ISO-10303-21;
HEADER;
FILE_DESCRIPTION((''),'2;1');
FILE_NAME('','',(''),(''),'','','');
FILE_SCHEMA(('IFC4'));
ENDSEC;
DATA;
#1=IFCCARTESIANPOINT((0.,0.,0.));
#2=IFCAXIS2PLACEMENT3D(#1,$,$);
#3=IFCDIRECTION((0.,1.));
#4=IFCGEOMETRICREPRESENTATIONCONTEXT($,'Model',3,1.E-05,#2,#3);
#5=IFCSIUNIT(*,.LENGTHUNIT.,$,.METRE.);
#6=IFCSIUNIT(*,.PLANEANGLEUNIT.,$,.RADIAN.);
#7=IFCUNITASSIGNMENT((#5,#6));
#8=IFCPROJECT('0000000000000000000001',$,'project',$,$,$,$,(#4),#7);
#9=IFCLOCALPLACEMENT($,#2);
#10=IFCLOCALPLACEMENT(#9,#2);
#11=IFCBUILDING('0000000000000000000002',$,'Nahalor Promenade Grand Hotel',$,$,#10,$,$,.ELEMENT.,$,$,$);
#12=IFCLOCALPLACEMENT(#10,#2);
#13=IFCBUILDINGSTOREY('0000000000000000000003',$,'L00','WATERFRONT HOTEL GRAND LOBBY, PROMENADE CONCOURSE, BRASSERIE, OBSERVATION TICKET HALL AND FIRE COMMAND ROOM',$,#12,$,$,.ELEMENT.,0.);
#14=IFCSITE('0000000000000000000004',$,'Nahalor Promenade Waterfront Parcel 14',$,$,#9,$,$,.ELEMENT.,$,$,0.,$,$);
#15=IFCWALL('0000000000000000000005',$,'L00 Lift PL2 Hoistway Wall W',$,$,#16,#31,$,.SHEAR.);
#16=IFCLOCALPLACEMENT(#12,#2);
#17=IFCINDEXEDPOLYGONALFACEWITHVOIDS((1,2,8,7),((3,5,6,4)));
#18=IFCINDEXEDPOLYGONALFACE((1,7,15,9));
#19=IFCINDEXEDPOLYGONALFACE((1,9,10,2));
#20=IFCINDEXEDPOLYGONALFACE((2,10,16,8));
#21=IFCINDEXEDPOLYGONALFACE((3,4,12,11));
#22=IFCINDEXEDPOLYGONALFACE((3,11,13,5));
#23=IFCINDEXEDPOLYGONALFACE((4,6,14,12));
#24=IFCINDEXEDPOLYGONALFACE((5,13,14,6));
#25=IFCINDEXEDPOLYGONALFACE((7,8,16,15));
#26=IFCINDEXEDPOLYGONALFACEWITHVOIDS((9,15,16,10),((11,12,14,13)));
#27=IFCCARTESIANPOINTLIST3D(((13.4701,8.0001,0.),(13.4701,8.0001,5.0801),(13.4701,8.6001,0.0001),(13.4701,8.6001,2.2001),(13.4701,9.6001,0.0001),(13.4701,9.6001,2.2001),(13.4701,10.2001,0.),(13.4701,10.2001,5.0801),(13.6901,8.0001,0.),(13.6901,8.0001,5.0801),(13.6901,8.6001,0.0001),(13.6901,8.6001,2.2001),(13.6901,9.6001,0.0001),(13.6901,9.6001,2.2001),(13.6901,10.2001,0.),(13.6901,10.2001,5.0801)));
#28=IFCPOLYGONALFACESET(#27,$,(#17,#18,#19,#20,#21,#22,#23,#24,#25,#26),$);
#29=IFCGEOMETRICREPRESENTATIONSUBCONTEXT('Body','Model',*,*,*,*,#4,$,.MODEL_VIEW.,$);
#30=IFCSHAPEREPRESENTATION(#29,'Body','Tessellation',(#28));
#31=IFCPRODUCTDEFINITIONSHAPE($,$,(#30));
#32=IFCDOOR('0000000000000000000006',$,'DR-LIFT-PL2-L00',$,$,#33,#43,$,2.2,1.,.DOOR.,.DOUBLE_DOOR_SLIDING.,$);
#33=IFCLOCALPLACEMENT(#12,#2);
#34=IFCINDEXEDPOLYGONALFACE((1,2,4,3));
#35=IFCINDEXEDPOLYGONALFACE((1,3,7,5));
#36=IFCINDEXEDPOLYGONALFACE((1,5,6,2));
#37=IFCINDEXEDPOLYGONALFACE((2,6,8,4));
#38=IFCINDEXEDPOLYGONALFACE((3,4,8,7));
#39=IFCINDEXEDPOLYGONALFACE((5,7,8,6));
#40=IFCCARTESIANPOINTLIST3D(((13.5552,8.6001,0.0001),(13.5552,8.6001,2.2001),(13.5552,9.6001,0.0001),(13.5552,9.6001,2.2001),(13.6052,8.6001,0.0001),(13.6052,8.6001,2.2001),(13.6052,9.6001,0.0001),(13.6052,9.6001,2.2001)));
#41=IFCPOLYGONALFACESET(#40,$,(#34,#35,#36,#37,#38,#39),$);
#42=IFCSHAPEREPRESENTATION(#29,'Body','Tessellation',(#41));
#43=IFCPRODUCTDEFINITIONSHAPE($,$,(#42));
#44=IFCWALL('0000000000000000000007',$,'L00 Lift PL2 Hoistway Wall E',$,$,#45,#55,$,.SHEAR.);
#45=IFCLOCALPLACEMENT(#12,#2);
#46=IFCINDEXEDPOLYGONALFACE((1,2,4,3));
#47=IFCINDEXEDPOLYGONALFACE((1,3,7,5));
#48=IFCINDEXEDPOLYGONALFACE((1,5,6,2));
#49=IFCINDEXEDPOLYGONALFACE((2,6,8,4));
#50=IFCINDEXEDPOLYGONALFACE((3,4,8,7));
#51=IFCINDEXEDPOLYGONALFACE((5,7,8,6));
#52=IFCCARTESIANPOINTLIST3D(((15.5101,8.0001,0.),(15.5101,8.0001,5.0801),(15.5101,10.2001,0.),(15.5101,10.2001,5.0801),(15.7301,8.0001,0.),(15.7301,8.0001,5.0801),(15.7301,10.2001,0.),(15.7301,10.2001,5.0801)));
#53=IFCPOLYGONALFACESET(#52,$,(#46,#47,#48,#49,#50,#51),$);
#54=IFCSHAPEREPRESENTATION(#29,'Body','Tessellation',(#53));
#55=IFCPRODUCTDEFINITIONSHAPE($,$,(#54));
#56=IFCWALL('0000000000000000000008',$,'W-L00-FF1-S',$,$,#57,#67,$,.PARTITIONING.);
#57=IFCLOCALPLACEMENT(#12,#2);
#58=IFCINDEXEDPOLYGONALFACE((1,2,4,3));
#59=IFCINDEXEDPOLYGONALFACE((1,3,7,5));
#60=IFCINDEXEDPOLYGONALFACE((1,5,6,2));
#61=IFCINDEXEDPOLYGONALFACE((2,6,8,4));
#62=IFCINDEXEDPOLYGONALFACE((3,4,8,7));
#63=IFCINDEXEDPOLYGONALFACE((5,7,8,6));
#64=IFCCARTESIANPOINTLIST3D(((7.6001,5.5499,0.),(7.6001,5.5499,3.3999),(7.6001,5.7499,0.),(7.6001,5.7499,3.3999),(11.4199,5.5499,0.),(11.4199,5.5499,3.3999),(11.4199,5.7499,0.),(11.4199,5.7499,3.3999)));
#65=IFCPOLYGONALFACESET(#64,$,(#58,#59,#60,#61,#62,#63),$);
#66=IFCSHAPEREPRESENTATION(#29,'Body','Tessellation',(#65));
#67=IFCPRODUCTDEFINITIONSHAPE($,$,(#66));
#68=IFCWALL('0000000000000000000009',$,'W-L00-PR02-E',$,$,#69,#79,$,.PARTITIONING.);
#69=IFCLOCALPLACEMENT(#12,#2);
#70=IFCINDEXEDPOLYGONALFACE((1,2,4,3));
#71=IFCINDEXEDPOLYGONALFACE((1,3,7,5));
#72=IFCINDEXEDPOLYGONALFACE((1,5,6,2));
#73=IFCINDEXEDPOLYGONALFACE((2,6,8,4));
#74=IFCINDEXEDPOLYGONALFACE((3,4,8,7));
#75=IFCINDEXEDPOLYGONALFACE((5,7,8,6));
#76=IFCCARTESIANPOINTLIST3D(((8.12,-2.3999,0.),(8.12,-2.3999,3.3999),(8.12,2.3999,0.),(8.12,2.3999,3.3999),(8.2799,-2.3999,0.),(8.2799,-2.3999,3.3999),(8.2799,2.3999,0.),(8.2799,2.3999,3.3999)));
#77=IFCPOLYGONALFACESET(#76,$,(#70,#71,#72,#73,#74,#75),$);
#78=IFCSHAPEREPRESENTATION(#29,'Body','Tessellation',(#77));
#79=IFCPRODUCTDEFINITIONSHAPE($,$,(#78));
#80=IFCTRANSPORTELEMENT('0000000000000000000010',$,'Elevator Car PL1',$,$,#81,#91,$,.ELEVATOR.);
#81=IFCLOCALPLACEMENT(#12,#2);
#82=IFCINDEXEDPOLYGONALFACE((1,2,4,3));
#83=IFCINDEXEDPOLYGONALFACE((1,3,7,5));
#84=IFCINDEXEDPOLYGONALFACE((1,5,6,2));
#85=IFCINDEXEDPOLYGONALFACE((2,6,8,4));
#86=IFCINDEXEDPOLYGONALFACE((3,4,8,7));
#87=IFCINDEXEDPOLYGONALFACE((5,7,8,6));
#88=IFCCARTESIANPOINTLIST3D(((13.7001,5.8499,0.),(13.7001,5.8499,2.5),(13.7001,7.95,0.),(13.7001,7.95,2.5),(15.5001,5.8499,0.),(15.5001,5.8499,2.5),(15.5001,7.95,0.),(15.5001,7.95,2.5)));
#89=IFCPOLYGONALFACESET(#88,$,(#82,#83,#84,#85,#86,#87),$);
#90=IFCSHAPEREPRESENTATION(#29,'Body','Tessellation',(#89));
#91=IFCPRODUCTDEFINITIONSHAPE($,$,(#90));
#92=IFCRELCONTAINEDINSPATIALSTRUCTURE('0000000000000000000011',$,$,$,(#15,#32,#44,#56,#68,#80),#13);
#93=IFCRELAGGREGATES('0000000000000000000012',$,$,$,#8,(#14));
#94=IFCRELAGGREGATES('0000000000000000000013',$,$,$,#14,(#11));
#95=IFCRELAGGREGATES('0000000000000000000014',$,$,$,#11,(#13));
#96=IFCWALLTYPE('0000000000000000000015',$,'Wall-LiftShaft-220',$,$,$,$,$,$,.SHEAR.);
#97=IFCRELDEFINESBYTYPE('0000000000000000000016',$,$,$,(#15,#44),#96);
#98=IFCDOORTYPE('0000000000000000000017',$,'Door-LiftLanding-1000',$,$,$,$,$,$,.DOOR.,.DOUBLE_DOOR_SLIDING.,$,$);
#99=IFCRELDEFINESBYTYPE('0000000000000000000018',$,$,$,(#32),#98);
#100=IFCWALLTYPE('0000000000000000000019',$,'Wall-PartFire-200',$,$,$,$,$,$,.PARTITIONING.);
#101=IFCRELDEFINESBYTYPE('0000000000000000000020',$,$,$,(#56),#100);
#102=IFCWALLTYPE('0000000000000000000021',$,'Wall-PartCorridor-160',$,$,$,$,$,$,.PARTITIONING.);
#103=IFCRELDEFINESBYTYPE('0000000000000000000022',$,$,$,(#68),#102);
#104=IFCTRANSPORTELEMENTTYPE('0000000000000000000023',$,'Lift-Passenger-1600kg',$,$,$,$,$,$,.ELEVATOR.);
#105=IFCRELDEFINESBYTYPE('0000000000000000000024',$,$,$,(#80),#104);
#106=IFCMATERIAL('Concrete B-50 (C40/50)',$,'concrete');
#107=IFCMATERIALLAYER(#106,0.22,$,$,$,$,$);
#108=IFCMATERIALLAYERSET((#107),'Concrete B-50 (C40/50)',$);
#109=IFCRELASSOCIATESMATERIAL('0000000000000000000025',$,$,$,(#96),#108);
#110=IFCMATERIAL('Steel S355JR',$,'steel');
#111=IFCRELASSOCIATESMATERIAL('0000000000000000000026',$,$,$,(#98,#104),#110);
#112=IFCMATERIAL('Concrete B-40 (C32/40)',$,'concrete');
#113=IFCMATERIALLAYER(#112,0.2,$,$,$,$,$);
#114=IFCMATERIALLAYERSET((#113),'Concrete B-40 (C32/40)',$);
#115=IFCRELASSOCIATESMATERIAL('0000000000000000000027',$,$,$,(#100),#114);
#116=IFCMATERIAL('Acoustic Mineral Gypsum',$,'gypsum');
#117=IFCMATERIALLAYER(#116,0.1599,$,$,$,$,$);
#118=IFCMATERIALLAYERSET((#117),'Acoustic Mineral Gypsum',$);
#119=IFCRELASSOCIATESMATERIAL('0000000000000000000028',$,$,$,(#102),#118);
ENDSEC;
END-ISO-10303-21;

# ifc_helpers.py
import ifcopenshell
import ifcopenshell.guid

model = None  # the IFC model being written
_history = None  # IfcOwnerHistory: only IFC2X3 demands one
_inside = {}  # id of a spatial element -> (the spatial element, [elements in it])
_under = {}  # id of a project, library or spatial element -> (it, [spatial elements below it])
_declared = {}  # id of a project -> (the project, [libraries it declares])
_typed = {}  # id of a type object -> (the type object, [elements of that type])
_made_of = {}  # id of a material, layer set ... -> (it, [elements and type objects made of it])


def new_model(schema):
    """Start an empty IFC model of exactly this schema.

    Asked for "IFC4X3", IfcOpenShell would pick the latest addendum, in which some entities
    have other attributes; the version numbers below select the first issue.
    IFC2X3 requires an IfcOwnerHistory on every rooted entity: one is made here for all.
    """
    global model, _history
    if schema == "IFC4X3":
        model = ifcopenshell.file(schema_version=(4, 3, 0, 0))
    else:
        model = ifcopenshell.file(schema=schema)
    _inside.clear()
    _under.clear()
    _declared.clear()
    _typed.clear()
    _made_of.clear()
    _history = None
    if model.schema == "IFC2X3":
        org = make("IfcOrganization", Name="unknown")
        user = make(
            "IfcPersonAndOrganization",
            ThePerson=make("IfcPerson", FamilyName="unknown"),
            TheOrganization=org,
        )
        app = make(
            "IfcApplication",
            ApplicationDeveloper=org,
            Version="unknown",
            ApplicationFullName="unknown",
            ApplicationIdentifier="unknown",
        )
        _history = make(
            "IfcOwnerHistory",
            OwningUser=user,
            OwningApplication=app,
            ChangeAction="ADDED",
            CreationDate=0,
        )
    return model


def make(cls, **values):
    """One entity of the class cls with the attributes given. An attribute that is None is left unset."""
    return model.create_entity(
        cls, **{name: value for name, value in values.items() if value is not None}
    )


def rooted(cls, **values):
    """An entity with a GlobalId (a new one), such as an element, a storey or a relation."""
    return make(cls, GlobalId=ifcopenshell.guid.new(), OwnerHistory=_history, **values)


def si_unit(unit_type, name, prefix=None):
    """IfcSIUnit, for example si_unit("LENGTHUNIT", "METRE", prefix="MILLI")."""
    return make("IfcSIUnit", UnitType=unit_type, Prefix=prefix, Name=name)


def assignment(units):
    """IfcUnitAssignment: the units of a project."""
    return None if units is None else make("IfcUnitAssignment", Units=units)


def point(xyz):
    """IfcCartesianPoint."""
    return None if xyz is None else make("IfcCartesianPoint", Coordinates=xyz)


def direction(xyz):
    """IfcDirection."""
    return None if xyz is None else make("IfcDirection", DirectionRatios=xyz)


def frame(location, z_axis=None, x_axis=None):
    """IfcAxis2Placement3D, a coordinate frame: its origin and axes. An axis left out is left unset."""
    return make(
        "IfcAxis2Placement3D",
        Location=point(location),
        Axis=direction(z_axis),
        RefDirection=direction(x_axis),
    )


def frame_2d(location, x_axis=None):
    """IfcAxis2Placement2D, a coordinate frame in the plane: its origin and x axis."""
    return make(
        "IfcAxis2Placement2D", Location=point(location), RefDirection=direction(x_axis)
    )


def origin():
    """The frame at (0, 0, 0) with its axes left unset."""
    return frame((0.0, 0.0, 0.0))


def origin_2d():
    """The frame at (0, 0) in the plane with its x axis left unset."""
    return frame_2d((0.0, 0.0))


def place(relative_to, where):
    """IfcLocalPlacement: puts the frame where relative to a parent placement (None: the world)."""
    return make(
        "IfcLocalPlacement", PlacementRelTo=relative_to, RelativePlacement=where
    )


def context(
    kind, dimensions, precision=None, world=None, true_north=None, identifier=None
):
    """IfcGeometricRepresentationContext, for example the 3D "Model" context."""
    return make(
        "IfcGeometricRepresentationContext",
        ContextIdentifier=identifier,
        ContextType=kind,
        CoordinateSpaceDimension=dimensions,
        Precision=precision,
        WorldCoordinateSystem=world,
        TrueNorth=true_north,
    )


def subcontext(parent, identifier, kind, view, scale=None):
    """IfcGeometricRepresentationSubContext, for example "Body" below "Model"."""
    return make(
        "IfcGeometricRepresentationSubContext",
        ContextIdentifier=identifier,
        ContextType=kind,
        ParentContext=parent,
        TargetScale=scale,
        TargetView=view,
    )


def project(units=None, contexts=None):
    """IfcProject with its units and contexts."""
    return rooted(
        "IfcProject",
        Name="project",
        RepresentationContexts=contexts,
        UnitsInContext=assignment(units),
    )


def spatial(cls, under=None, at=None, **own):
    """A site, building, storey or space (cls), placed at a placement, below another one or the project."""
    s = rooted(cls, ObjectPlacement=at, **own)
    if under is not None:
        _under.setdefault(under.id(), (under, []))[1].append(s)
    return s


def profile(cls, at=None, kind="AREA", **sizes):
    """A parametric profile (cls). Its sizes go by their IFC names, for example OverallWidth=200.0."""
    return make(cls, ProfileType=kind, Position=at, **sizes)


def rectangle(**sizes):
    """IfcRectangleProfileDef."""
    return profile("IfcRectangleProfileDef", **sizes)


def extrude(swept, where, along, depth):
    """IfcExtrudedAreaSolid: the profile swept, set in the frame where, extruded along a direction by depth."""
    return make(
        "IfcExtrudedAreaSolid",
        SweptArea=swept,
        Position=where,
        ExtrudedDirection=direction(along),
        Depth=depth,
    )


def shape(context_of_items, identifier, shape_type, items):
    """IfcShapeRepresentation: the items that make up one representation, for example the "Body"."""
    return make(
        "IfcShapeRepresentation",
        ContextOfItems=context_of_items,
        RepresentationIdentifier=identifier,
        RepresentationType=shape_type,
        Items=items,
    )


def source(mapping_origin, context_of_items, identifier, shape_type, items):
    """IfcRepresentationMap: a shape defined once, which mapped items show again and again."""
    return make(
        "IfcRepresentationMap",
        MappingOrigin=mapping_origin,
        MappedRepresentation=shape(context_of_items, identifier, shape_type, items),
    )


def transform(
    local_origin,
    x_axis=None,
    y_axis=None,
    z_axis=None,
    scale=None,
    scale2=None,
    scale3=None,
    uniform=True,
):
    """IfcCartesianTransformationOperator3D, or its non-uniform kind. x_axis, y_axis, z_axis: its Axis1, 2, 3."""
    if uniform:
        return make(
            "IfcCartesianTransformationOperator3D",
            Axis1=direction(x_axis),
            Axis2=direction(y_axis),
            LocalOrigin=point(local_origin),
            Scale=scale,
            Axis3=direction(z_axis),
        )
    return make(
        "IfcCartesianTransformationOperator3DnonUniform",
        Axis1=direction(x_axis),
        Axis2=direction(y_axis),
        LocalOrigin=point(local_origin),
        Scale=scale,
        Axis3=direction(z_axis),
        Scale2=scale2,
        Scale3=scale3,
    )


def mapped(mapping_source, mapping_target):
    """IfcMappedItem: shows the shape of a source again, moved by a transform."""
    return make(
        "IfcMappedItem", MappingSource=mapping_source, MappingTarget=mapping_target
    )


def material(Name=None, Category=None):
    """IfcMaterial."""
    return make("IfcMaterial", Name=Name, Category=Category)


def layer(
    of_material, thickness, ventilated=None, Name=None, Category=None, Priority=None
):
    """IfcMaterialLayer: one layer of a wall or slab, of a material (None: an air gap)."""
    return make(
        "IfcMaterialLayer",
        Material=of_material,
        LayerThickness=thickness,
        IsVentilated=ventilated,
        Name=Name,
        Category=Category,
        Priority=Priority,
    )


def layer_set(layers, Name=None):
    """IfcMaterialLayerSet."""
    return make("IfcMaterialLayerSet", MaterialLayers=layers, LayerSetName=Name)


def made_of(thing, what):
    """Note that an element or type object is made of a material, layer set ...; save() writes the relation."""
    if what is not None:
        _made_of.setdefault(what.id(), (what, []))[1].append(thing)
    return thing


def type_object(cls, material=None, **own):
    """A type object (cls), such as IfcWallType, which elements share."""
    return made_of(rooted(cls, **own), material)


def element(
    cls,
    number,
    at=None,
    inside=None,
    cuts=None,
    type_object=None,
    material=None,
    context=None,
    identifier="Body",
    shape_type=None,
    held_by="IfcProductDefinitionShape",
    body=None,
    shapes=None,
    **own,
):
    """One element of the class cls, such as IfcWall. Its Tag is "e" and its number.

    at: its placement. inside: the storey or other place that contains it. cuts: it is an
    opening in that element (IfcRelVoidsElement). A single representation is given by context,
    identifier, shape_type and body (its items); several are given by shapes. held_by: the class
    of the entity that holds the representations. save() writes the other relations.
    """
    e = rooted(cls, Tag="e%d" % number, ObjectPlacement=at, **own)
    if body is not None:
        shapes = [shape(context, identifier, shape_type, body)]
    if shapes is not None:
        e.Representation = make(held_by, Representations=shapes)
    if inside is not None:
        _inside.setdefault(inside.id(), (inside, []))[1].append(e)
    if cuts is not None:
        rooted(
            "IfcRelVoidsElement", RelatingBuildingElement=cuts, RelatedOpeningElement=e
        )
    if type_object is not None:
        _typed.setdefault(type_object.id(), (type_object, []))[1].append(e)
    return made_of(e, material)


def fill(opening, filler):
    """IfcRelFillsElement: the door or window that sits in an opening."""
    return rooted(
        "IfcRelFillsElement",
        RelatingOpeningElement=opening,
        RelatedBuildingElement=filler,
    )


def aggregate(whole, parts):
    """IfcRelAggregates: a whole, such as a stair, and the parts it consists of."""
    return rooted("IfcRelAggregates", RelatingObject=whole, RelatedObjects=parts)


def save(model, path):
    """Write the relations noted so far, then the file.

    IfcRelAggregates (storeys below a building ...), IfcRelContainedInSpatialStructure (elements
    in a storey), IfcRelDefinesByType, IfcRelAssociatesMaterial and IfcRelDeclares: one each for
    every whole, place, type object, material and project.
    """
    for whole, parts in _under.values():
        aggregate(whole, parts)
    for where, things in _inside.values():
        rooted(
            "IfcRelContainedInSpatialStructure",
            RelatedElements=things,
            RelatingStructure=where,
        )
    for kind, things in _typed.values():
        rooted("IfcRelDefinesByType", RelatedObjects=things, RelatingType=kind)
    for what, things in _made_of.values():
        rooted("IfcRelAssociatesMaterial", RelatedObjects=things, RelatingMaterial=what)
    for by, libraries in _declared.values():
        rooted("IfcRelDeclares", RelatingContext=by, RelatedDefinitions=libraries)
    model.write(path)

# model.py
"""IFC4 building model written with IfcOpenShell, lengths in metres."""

from ifc_helpers import new_model, si_unit, direction, frame, frame_2d, origin, origin_2d, place, context, subcontext, project, spatial, rectangle, extrude, source, transform, mapped, material, layer, layer_set, type_object, element, fill, save


model = new_model("IFC4")

# Units and contexts
model_context = context("Model", 3, precision=1e-05, world=origin(), true_north=direction((0.0, 1.0)))
body_context = subcontext(model_context, "Body", "Model", "MODEL_VIEW")
ifc_project = project(units=[si_unit("LENGTHUNIT", "METRE"), si_unit("PLANEANGLEUNIT", "RADIAN")], contexts=[model_context])

# Site, building, storey
site_placement = place(None, origin())
site = spatial("IfcSite", under=ifc_project, at=site_placement, Name="Nahalor Promenade Waterfront Parcel 14", CompositionType="ELEMENT", RefElevation=0.0)
building_placement = place(site_placement, origin())
building = spatial("IfcBuilding", under=site, at=building_placement, Name="Nahalor Promenade Grand Hotel", CompositionType="ELEMENT")
storey_placement = place(building_placement, origin())
storey = spatial("IfcBuildingStorey", under=building, at=storey_placement, Name="L00", Description="WATERFRONT HOTEL GRAND LOBBY, PROMENADE CONCOURSE, BRASSERIE, OBSERVATION TICKET HALL AND FIRE COMMAND ROOM", CompositionType="ELEMENT", Elevation=0.0)

# Shared definitions
ifc_material_1 = material(Name="Steel S355JR", Category="steel")

# Shared definitions
ifc_material_2 = material(Name="Concrete B-50 (C40/50)", Category="concrete")
ifc_layer_1 = layer(ifc_material_2, 0.22)
ifc_layer_set_1 = layer_set([ifc_layer_1], Name="Concrete B-50 (C40/50)")
wall_type_1 = type_object("IfcWallType", Name="Wall-LiftShaft-220", PredefinedType="SHEAR", material=ifc_layer_set_1)
door_type_1 = type_object("IfcDoorType", Name="Door-LiftLanding-1000", OperationType="DOUBLE_DOOR_SLIDING", PredefinedType="DOOR", material=ifc_material_1)
shared_shape_1 = source(origin(), body_context, "Body", "SweptSolid", [
    extrude(rectangle(XDim=1.0, YDim=2.2, at=frame_2d((0.5, 1.1001))), frame((0.0, 0.0249, 0.0), z_axis=(0.0, -1.0, 0.0), x_axis=(1.0, 0.0, 0.0)), (0.0, 0.0, 1.0), 0.05),
])

# Wall, opening, door
shared_shape_2 = source(origin(), body_context, "Body", "SweptSolid", [
    extrude(rectangle(XDim=2.2, YDim=0.22, at=frame_2d((1.1001, 0.0))), origin(), (0.0, 0.0, 1.0), 5.0801),
])
wall_1_placement = place(storey_placement, frame((13.5801, 8.0, 0.0), z_axis=(0.0, 0.0, 1.0), x_axis=(0.0, 1.0, 0.0)))
wall_1 = element("IfcWall", 1, at=wall_1_placement, inside=storey, type_object=wall_type_1, Name="L00 Lift PL2 Hoistway Wall W", PredefinedType="SHEAR", context=body_context, shape_type="MappedRepresentation", body=[
    mapped(shared_shape_2, transform((0.0, 0.0, 0.0), scale=1.0)),
])
opening_1_placement = place(wall_1_placement, frame((0.6001, 0.0, 0.0)))
opening_1 = element("IfcOpeningElement", 2, at=opening_1_placement, cuts=wall_1, PredefinedType="OPENING", context=body_context, shape_type="SweptSolid", body=[
    extrude(rectangle(XDim=1.0, YDim=2.2, at=frame_2d((0.5, 1.1001))), frame((0.0, 0.1199, 0.0), z_axis=(0.0, -1.0, 0.0), x_axis=(1.0, 0.0, 0.0)), (0.0, 0.0, 1.0), 0.24),
])
door_1_placement = place(opening_1_placement, origin())
door_1 = element("IfcDoor", 3, at=door_1_placement, inside=storey, type_object=door_type_1, Name="DR-LIFT-PL2-L00", OperationType="DOUBLE_DOOR_SLIDING", OverallHeight=2.2, OverallWidth=1.0, PredefinedType="DOOR", context=body_context, shape_type="MappedRepresentation", body=[
    mapped(shared_shape_1, transform((0.0, 0.0, 0.0), scale=1.0)),
])
fill(opening_1, door_1)

# Walls
wall_2_placement = place(storey_placement, frame((15.6201, 8.0, 0.0), z_axis=(0.0, 0.0, 1.0), x_axis=(0.0, 1.0, 0.0)))
element("IfcWall", 4, at=wall_2_placement, inside=storey, type_object=wall_type_1, Name="L00 Lift PL2 Hoistway Wall E", PredefinedType="SHEAR", context=body_context, shape_type="MappedRepresentation", body=[
    mapped(shared_shape_2, transform((0.0, 0.0, 0.0), scale=1.0)),
])
ifc_material_3 = material(Name="Concrete B-40 (C32/40)", Category="concrete")
ifc_layer_2 = layer(ifc_material_3, 0.2)
ifc_layer_set_2 = layer_set([ifc_layer_2], Name="Concrete B-40 (C32/40)")
wall_type_2 = type_object("IfcWallType", Name="Wall-PartFire-200", PredefinedType="PARTITIONING", material=ifc_layer_set_2)
shared_shape_3 = source(origin(), body_context, "Body", "SweptSolid", [
    extrude(rectangle(XDim=3.8198, YDim=0.2, at=frame_2d((1.9099, 0.0))), origin(), (0.0, 0.0, 1.0), 3.3999),
])
wall_3_placement = place(storey_placement, frame((7.6001, 5.6499, 0.0), z_axis=(0.0, 0.0, 1.0), x_axis=(1.0, 0.0, 0.0)))
element("IfcWall", 5, at=wall_3_placement, inside=storey, type_object=wall_type_2, Name="W-L00-FF1-S", PredefinedType="PARTITIONING", context=body_context, shape_type="MappedRepresentation", body=[
    mapped(shared_shape_3, transform((0.0, 0.0, 0.0), scale=1.0)),
])

# Wall
ifc_material_4 = material(Name="Acoustic Mineral Gypsum", Category="gypsum")
ifc_layer_3 = layer(ifc_material_4, 0.1599)
ifc_layer_set_3 = layer_set([ifc_layer_3], Name="Acoustic Mineral Gypsum")
wall_type_3 = type_object("IfcWallType", Name="Wall-PartCorridor-160", PredefinedType="PARTITIONING", material=ifc_layer_set_3)
shared_shape_4 = source(origin(), body_context, "Body", "SweptSolid", [
    extrude(rectangle(XDim=4.7998, YDim=0.1599, at=frame_2d((2.3999, 0.0))), origin(), (0.0, 0.0, 1.0), 3.3999),
])
wall_4_placement = place(storey_placement, frame((8.2, -2.3999, 0.0), z_axis=(0.0, 0.0, 1.0), x_axis=(0.0, 1.0, 0.0)))
element("IfcWall", 6, at=wall_4_placement, inside=storey, type_object=wall_type_3, Name="W-L00-PR02-E", PredefinedType="PARTITIONING", context=body_context, shape_type="MappedRepresentation", body=[
    mapped(shared_shape_4, transform((0.0, 0.0, 0.0), scale=1.0)),
])

# Transport element
transport_element_type = type_object("IfcTransportElementType", Name="Lift-Passenger-1600kg", PredefinedType="ELEVATOR", material=ifc_material_1)
shared_shape_5 = source(origin(), body_context, "Body", "SweptSolid", [
    extrude(rectangle(XDim=1.8, YDim=2.1001, at=origin_2d()), origin(), (0.0, 0.0, 1.0), 2.5),
])
transport_element_placement = place(storey_placement, frame((14.6001, 6.8999, 0.0), z_axis=(0.0, 0.0, 1.0), x_axis=(1.0, 0.0, 0.0)))
element("IfcTransportElement", 7, at=transport_element_placement, inside=storey, type_object=transport_element_type, Name="Elevator Car PL1", PredefinedType="ELEVATOR", context=body_context, shape_type="MappedRepresentation", body=[
    mapped(shared_shape_5, transform((0.0, 0.0, 0.0), scale=1.0)),
])

save(model, "model.ifc")
